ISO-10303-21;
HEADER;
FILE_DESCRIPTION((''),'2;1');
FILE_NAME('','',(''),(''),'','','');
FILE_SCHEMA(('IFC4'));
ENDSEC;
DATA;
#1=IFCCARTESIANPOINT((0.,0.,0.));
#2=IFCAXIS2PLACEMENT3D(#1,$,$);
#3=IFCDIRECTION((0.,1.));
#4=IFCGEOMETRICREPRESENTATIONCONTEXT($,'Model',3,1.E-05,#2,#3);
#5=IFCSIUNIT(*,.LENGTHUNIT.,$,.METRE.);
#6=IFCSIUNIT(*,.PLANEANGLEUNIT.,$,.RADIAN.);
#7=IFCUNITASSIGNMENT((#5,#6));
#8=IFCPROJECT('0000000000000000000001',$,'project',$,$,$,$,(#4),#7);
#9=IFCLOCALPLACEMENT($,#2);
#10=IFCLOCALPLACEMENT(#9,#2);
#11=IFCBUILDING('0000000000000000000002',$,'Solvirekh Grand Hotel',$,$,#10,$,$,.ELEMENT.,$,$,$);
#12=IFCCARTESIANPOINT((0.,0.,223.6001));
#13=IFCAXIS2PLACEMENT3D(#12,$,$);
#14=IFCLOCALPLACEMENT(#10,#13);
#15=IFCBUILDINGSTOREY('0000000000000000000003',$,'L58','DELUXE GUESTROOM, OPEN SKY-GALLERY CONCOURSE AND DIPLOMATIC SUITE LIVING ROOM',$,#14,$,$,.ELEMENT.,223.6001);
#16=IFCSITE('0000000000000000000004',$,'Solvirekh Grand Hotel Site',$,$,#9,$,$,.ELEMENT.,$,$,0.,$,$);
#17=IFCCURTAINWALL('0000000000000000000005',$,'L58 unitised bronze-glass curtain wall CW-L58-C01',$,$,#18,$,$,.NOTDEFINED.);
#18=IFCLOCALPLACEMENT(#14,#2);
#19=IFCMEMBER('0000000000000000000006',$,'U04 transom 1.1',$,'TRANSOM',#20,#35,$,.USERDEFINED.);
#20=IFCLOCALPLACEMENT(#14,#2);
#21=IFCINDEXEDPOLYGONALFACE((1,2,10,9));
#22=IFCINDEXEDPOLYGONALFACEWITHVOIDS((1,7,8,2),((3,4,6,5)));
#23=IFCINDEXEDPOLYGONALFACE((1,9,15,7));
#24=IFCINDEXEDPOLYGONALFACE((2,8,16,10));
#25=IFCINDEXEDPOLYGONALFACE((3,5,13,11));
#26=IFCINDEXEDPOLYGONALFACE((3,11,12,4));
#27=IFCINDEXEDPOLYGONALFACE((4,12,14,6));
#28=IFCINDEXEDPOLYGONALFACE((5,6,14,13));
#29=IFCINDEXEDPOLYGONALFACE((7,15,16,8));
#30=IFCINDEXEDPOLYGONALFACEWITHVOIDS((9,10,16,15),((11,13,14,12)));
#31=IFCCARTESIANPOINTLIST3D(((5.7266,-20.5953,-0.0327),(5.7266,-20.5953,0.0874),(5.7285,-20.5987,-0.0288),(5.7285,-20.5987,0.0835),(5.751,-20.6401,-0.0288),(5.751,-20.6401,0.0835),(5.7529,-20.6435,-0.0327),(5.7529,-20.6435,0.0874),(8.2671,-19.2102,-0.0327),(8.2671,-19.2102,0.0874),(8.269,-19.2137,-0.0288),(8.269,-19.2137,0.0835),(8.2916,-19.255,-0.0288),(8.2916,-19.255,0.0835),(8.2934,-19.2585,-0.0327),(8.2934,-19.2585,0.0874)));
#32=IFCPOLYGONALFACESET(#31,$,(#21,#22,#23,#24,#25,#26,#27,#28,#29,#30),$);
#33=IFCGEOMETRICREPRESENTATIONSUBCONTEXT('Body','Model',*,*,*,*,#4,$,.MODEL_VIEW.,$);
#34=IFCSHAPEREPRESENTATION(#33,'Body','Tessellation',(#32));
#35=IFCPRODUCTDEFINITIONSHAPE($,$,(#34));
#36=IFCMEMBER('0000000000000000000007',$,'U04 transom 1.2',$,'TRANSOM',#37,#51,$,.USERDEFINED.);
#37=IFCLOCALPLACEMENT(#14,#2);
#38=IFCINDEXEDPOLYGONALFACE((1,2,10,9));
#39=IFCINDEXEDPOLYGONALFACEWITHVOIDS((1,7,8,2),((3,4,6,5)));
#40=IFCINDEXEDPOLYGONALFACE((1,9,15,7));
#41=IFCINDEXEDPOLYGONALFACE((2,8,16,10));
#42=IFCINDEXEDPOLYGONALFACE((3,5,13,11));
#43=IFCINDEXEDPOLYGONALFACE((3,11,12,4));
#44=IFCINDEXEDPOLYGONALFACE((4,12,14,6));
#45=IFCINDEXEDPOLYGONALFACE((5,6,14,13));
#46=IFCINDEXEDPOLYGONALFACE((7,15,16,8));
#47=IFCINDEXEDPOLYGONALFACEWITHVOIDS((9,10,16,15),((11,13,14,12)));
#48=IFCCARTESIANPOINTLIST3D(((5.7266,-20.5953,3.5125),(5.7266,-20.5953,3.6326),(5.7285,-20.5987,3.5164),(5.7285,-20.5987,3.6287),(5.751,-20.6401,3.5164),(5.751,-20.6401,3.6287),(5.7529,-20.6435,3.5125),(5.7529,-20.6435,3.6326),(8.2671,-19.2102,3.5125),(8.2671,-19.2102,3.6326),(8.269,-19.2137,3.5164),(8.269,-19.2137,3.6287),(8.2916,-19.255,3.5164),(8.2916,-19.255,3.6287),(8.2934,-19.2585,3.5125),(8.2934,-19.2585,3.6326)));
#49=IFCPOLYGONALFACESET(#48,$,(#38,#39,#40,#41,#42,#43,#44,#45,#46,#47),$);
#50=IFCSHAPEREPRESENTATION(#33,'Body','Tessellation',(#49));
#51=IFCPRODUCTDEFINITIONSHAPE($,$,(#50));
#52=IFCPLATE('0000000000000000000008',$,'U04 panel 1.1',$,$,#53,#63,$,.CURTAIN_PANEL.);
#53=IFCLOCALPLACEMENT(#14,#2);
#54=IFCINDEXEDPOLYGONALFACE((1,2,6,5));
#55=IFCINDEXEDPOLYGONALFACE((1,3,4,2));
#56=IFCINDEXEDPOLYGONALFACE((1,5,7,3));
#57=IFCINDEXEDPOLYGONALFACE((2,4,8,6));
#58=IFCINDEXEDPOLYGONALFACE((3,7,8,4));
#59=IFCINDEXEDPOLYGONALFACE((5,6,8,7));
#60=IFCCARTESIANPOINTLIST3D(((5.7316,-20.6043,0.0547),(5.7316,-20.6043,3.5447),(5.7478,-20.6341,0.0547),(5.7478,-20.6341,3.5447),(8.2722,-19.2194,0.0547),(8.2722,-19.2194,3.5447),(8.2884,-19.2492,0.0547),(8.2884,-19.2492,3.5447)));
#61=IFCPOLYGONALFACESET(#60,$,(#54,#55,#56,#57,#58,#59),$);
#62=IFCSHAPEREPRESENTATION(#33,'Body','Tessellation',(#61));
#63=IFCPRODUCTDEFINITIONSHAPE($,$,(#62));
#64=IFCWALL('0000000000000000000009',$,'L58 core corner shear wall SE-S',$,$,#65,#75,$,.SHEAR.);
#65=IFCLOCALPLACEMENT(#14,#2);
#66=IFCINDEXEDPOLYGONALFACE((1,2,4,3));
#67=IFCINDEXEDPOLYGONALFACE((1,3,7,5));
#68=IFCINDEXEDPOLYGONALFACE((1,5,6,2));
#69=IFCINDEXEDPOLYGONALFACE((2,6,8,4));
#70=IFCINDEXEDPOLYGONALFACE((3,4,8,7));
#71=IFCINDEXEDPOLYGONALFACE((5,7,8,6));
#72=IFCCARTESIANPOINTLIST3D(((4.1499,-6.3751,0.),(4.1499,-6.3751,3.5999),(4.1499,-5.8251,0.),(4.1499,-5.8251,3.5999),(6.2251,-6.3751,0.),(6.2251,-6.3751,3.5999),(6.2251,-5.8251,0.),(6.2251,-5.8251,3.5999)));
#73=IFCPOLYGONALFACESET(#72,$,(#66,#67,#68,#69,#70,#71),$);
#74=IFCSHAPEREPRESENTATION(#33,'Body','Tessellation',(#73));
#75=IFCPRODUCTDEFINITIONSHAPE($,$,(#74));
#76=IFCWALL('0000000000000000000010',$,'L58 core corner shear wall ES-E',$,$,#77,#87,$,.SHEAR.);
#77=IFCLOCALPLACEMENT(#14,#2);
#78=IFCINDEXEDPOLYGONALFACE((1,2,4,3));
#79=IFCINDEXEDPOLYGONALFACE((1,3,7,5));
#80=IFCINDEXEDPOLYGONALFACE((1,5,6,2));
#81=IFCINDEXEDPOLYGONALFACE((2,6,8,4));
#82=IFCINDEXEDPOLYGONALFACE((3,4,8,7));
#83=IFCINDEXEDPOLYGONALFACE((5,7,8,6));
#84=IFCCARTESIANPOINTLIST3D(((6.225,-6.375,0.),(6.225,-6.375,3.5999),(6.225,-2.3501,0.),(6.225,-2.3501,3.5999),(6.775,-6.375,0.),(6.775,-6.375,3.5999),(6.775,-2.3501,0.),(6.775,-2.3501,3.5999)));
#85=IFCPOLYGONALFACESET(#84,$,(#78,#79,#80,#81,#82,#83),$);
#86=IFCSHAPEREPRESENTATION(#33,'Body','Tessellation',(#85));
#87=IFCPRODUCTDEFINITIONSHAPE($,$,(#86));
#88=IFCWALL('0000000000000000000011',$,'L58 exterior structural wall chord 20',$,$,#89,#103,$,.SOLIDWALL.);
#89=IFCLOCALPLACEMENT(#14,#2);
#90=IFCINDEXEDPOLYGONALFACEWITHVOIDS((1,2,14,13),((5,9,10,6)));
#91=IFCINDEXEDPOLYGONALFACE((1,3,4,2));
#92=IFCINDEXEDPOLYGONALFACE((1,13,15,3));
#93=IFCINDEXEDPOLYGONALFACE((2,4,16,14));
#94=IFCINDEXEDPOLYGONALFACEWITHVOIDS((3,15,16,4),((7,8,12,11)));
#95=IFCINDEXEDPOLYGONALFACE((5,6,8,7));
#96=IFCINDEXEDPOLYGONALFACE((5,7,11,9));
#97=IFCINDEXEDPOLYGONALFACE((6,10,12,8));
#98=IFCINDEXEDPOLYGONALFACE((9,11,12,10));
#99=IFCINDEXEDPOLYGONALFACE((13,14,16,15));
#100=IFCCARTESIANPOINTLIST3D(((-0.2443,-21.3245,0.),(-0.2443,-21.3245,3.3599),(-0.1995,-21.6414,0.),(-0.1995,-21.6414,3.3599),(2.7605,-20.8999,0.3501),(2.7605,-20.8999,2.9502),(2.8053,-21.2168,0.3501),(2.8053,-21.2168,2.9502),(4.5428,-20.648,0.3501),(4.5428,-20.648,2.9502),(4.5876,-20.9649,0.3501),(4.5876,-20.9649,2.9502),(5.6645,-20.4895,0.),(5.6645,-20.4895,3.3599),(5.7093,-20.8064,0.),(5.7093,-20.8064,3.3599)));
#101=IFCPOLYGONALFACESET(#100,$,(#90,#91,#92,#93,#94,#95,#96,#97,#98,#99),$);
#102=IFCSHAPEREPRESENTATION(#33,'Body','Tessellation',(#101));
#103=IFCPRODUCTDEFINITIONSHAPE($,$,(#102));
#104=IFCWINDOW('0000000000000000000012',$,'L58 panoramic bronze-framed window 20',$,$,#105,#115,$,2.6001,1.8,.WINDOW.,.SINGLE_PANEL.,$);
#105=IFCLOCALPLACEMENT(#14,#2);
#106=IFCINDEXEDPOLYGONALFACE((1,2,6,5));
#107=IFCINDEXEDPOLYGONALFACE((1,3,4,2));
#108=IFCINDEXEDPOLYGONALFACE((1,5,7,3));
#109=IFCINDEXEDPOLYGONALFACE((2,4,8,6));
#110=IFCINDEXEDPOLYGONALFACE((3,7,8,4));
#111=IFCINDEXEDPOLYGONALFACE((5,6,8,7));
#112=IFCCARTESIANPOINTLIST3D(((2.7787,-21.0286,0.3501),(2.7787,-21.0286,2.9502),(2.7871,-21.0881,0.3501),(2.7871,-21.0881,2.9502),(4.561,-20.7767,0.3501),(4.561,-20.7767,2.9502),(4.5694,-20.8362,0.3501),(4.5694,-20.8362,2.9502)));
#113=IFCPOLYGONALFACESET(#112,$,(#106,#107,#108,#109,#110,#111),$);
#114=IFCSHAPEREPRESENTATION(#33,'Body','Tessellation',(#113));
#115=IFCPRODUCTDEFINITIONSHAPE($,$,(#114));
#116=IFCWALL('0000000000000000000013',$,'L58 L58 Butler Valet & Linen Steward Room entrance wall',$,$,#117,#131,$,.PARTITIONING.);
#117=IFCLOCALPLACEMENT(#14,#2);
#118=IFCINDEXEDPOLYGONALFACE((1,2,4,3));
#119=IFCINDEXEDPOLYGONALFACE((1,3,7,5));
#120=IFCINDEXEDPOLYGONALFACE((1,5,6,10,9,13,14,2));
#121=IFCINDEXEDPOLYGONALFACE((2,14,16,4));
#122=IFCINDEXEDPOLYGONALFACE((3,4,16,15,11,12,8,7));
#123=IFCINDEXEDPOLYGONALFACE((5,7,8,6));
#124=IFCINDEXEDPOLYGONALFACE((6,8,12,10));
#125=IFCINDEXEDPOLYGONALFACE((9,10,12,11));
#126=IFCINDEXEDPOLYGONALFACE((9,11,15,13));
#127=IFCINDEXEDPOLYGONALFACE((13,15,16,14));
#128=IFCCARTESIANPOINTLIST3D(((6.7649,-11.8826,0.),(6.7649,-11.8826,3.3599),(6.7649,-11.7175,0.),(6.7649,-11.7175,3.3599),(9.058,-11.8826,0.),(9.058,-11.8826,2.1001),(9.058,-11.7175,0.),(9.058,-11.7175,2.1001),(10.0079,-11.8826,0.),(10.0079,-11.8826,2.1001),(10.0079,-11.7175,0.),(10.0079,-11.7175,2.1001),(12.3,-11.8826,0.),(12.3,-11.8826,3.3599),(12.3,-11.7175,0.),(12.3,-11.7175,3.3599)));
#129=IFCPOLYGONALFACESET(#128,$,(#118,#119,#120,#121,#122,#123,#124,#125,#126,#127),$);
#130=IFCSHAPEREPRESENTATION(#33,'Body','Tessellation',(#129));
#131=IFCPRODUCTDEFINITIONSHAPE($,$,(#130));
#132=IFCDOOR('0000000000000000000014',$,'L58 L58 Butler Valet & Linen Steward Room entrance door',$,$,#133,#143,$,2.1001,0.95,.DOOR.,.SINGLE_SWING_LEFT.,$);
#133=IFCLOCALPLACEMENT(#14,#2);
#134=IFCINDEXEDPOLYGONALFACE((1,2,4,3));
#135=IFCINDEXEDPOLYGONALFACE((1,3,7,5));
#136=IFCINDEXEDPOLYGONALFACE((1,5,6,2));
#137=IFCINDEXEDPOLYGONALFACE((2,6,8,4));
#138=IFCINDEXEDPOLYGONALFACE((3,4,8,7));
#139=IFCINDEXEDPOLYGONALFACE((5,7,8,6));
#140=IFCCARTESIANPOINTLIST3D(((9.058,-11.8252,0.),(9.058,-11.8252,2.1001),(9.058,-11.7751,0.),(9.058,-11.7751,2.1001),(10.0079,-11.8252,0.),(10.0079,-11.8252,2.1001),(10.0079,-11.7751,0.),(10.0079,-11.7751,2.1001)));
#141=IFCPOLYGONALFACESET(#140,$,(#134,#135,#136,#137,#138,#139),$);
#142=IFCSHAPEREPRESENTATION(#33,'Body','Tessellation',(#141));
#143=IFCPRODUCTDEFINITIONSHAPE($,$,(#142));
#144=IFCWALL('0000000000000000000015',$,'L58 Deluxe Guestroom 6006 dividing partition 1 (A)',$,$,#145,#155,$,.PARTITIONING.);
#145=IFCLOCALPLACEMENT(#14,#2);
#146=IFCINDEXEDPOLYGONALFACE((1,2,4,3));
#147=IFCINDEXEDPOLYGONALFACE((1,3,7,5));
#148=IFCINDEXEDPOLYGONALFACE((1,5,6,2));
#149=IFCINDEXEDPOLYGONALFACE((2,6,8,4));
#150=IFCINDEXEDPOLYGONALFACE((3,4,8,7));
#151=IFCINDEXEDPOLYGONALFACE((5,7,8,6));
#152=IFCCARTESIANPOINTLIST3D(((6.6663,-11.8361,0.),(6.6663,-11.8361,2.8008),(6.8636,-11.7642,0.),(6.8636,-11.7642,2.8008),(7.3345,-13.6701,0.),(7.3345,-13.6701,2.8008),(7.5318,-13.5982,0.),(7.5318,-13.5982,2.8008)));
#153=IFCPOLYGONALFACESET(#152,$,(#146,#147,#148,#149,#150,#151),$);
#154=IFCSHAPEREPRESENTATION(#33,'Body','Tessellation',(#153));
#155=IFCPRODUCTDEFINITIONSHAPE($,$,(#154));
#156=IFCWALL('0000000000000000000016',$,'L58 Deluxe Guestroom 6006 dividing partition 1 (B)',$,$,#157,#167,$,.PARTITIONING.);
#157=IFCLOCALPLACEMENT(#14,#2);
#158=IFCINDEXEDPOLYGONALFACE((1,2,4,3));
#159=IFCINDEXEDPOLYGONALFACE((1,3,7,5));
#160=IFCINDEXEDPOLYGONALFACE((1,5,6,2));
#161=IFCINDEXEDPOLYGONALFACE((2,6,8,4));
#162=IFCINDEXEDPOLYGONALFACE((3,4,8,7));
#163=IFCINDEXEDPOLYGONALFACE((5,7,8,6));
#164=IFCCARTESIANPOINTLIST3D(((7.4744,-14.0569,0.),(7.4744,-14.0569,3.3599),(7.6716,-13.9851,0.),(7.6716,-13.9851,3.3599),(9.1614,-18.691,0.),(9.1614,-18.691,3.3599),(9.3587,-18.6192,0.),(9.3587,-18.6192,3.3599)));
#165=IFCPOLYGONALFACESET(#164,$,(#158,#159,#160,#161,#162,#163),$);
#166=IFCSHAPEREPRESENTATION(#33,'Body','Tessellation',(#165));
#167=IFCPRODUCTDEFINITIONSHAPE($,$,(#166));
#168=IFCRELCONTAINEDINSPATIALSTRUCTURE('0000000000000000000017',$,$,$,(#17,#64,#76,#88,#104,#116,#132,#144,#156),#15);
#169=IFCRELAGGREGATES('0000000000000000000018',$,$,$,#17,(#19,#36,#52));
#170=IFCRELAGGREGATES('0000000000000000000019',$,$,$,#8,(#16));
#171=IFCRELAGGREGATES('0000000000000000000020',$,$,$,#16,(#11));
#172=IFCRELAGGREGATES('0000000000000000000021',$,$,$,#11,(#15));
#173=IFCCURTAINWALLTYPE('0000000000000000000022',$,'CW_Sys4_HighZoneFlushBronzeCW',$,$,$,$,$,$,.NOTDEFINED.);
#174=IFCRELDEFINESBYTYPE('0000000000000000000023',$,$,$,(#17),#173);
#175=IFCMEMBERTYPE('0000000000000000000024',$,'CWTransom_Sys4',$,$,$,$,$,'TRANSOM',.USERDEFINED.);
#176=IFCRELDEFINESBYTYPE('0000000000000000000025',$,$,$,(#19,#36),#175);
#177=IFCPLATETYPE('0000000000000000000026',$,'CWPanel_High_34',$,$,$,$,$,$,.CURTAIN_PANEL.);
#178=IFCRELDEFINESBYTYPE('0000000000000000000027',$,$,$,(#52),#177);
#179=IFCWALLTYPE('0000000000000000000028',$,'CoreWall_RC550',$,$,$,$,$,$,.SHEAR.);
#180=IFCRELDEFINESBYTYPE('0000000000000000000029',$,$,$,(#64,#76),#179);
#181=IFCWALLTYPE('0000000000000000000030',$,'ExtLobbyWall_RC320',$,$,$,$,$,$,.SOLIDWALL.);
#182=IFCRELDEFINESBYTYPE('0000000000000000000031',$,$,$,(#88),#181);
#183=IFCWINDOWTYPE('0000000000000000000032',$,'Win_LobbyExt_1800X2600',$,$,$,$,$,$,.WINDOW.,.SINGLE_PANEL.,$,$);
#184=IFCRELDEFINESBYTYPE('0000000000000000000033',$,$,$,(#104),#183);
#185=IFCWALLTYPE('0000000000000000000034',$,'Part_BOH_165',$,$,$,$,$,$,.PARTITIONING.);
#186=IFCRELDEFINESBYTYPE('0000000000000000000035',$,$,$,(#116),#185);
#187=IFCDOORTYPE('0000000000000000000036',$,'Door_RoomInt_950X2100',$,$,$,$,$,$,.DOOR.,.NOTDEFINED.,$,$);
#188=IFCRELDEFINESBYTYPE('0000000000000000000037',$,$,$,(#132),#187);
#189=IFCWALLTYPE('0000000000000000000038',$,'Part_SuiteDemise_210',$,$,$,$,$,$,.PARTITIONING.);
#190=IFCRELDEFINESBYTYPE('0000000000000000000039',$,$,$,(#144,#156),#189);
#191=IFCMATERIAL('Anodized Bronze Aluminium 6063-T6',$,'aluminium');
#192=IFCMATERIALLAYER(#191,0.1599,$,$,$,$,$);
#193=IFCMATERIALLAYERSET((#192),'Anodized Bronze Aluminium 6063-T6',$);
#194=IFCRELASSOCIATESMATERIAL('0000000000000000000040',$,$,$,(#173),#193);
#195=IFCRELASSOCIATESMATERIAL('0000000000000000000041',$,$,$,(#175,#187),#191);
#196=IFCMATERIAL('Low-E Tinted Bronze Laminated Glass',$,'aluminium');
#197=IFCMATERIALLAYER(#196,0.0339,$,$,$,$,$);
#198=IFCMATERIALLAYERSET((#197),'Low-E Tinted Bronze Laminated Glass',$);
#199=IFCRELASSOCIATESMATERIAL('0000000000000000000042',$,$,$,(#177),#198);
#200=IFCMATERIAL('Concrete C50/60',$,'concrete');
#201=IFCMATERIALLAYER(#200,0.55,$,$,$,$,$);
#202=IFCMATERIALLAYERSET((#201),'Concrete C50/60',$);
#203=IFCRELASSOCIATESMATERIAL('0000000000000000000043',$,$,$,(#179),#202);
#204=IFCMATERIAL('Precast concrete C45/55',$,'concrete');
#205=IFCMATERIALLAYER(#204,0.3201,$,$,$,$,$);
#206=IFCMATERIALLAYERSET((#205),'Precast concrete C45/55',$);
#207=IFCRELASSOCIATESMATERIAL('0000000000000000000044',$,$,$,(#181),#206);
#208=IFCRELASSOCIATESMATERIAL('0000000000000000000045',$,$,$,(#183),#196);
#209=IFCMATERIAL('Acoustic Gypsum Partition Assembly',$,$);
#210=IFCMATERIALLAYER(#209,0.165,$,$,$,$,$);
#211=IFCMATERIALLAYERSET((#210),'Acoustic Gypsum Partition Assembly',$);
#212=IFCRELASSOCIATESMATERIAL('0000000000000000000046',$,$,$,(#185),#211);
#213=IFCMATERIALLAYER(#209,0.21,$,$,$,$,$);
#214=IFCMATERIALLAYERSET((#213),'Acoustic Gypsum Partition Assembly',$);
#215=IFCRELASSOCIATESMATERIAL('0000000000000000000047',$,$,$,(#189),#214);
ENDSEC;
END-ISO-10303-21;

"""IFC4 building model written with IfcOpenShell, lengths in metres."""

from ifc_helpers import new_model, si_unit, direction, frame, frame_2d, origin, origin_2d, place, context, subcontext, project, spatial, rectangle, hollow_rectangle, extrude, source, transform, mapped, material, layer, layer_set, material_profile, profile_set, type_object, element, fill, aggregate, save


model = new_model("IFC4")

# Units and contexts
model_context = context("Model", 3, precision=1e-05, world=origin(), true_north=direction((0.0, 1.0)))
body_context = subcontext(model_context, "Body", "Model", "MODEL_VIEW")
ifc_project = project(units=[si_unit("LENGTHUNIT", "METRE"), si_unit("PLANEANGLEUNIT", "RADIAN")], contexts=[model_context])

# Site, building, storey
site_placement = place(None, origin())
site = spatial("IfcSite", under=ifc_project, at=site_placement, Name="Solvirekh Grand Hotel Site", CompositionType="ELEMENT", RefElevation=0.0)
building_placement = place(site_placement, origin())
building = spatial("IfcBuilding", under=site, at=building_placement, Name="Solvirekh Grand Hotel", CompositionType="ELEMENT")
storey_placement = place(building_placement, frame((0.0, 0.0, 223.6001)))
storey = spatial("IfcBuildingStorey", under=building, at=storey_placement, Name="L58", Description="DELUXE GUESTROOM, OPEN SKY-GALLERY CONCOURSE AND DIPLOMATIC SUITE LIVING ROOM", CompositionType="ELEMENT", Elevation=223.6001)

# Shared definitions
ifc_material_1 = material(Name="Concrete C50/60", Category="concrete")

# Curtain wall, members, plate
ifc_material_2 = material(Name="Anodized Bronze Aluminium 6063-T6", Category="aluminium")
ifc_layer_1 = layer(ifc_material_2, 0.1599)
ifc_layer_set_1 = layer_set([ifc_layer_1], Name="Anodized Bronze Aluminium 6063-T6")
curtain_wall_type = type_object("IfcCurtainWallType", Name="CW_Sys4_HighZoneFlushBronzeCW", PredefinedType="NOTDEFINED", material=ifc_layer_set_1)
curtain_wall_placement = place(storey_placement, origin())
curtain_wall = element("IfcCurtainWall", 1, at=curtain_wall_placement, inside=storey, type_object=curtain_wall_type, Name="L58 unitised bronze-glass curtain wall CW-L58-C01", PredefinedType="NOTDEFINED")
ifc_material_profile_1 = material_profile(ifc_material_2, hollow_rectangle(XDim=0.0549, YDim=0.1201, WallThickness=0.0039, at=origin_2d()), Name="ALU RHS 120X55X4")
ifc_profile_set_1 = profile_set([ifc_material_profile_1], Name="Anodized Bronze Aluminium 6063-T6")
member_type_1 = type_object("IfcMemberType", Name="CWTransom_Sys4", ElementType="TRANSOM", PredefinedType="USERDEFINED", material=ifc_profile_set_1)
shared_shape_1 = source(origin(), body_context, "Body", "SweptSolid", [
    extrude(hollow_rectangle(XDim=0.0549, YDim=0.1201, WallThickness=0.0039, at=origin_2d()), origin(), (0.0, 0.0, 1.0), 2.8936),
])
member_1_placement = place(storey_placement, frame((5.7397, -20.6194, 0.0273), z_axis=(0.878002, 0.478657, 0.0), x_axis=(-0.478657, 0.878002, 0.0)))
member_1 = element("IfcMember", 2, at=member_1_placement, type_object=member_type_1, Name="U04 transom 1.1", ObjectType="TRANSOM", PredefinedType="USERDEFINED", context=body_context, shape_type="MappedRepresentation", body=[
    mapped(shared_shape_1, transform((0.0, 0.0, 0.0), x_axis=(1.0, 0.0, 0.0), y_axis=(0.0, 1.0, 0.0), z_axis=(0.0, 0.0, 1.0), scale=1.0)),
])
member_2_placement = place(storey_placement, frame((5.7397, -20.6194, 3.5725), z_axis=(0.878002, 0.478657, 0.0), x_axis=(-0.478657, 0.878002, 0.0)))
member_2 = element("IfcMember", 3, at=member_2_placement, type_object=member_type_1, Name="U04 transom 1.2", ObjectType="TRANSOM", PredefinedType="USERDEFINED", context=body_context, shape_type="MappedRepresentation", body=[
    mapped(shared_shape_1, transform((0.0, 0.0, 0.0), x_axis=(1.0, 0.0, 0.0), y_axis=(0.0, 1.0, 0.0), z_axis=(0.0, 0.0, 1.0), scale=1.0)),
])
ifc_material_3 = material(Name="Low-E Tinted Bronze Laminated Glass", Category="aluminium")
ifc_layer_2 = layer(ifc_material_3, 0.0339)
ifc_layer_set_2 = layer_set([ifc_layer_2], Name="Low-E Tinted Bronze Laminated Glass")
plate_type = type_object("IfcPlateType", Name="CWPanel_High_34", PredefinedType="CURTAIN_PANEL", material=ifc_layer_set_2)
shared_shape_2 = source(origin(), body_context, "Body", "SweptSolid", [
    extrude(rectangle(XDim=2.8936, YDim=0.0339, at=origin_2d()), origin(), (0.0, 0.0, 1.0), 3.49),
])
plate_placement = place(storey_placement, frame((7.01, -19.9268, 0.0547), z_axis=(0.0, 0.0, 1.0), x_axis=(0.878011, 0.478641, 0.0)))
plate = element("IfcPlate", 4, at=plate_placement, type_object=plate_type, Name="U04 panel 1.1", PredefinedType="CURTAIN_PANEL", context=body_context, shape_type="MappedRepresentation", body=[
    mapped(shared_shape_2, transform((0.0, 0.0, 0.0), x_axis=(1.0, 0.0, 0.0), y_axis=(0.0, 1.0, 0.0), z_axis=(0.0, 0.0, 1.0), scale=1.0)),
])
aggregate(curtain_wall, [member_1, member_2, plate])

# Walls
ifc_layer_3 = layer(ifc_material_1, 0.55)
ifc_layer_set_3 = layer_set([ifc_layer_3], Name="Concrete C50/60")
wall_type_1 = type_object("IfcWallType", Name="CoreWall_RC550", PredefinedType="SHEAR", material=ifc_layer_set_3)
wall_1_placement = place(storey_placement, frame((4.1499, -6.1001, 0.0), z_axis=(0.0, 0.0, 1.0), x_axis=(1.0, 0.0, 0.0)))
element("IfcWall", 5, at=wall_1_placement, inside=storey, type_object=wall_type_1, Name="L58 core corner shear wall SE-S", PredefinedType="SHEAR", context=body_context, shape_type="SweptSolid", body=[
    extrude(rectangle(XDim=2.0752, YDim=0.55, at=frame_2d((1.0376, 0.0))), origin(), (0.0, 0.0, 1.0), 3.5999),
])
wall_2_placement = place(storey_placement, frame((6.5, -6.375, 0.0), z_axis=(0.0, 0.0, 1.0), x_axis=(0.0, 1.0, 0.0)))
element("IfcWall", 6, at=wall_2_placement, inside=storey, type_object=wall_type_1, Name="L58 core corner shear wall ES-E", PredefinedType="SHEAR", context=body_context, shape_type="SweptSolid", body=[
    extrude(rectangle(XDim=4.0249, YDim=0.55, at=frame_2d((2.0125, 0.0))), origin(), (0.0, 0.0, 1.0), 3.5999),
])

# Wall, opening, window
ifc_material_4 = material(Name="Precast concrete C45/55", Category="concrete")
ifc_layer_4 = layer(ifc_material_4, 0.3201)
ifc_layer_set_4 = layer_set([ifc_layer_4], Name="Precast concrete C45/55")
wall_type_2 = type_object("IfcWallType", Name="ExtLobbyWall_RC320", PredefinedType="SOLIDWALL", material=ifc_layer_set_4)
wall_3_placement = place(storey_placement, frame((5.687, -20.6479, 0.0), z_axis=(0.0, 0.0, 1.0), x_axis=(-0.990164, -0.139915, 0.0)))
wall_3 = element("IfcWall", 7, at=wall_3_placement, inside=storey, type_object=wall_type_2, Name="L58 exterior structural wall chord 20", PredefinedType="SOLIDWALL", context=body_context, shape_type="SweptSolid", body=[
    extrude(rectangle(XDim=5.9675, YDim=0.3201, at=frame_2d((2.9839, 0.0))), origin(), (0.0, 0.0, 1.0), 3.3599),
])
opening_1_placement = place(wall_3_placement, frame((1.1331, 0.0, 0.3501)))
opening_1 = element("IfcOpeningElement", 8, at=opening_1_placement, cuts=wall_3, PredefinedType="OPENING", context=body_context, shape_type="SweptSolid", body=[
    extrude(rectangle(XDim=1.8, YDim=2.6001, at=frame_2d((0.8999, 1.3))), frame((0.0, 0.1699, 0.0), z_axis=(0.0, -1.0, 0.0), x_axis=(1.0, 0.0, 0.0)), (0.0, 0.0, 1.0), 0.3401),
])
window_type = type_object("IfcWindowType", Name="Win_LobbyExt_1800X2600", PartitioningType="SINGLE_PANEL", PredefinedType="WINDOW", material=ifc_material_3)
window_placement = place(opening_1_placement, origin())
window = element("IfcWindow", 9, at=window_placement, inside=storey, type_object=window_type, Name="L58 panoramic bronze-framed window 20", OverallHeight=2.6001, OverallWidth=1.8, PartitioningType="SINGLE_PANEL", PredefinedType="WINDOW", context=body_context, shape_type="SweptSolid", body=[
    extrude(rectangle(XDim=1.8, YDim=2.6001, at=frame_2d((0.8999, 1.3))), frame((0.0, 0.03, 0.0), z_axis=(0.0, -1.0, 0.0), x_axis=(1.0, 0.0, 0.0)), (0.0, 0.0, 1.0), 0.0601),
])
fill(opening_1, window)

# Wall, opening, door
ifc_material_5 = material(Name="Acoustic Gypsum Partition Assembly")
ifc_layer_5 = layer(ifc_material_5, 0.165)
ifc_layer_set_5 = layer_set([ifc_layer_5], Name="Acoustic Gypsum Partition Assembly")
wall_type_3 = type_object("IfcWallType", Name="Part_BOH_165", PredefinedType="PARTITIONING", material=ifc_layer_set_5)
wall_4_placement = place(storey_placement, frame((6.7649, -11.8, 0.0), z_axis=(0.0, 0.0, 1.0), x_axis=(1.0, 0.0, 0.0)))
wall_4 = element("IfcWall", 10, at=wall_4_placement, inside=storey, type_object=wall_type_3, Name="L58 L58 Butler Valet & Linen Steward Room entrance wall", PredefinedType="PARTITIONING", context=body_context, shape_type="SweptSolid", body=[
    extrude(rectangle(XDim=5.5352, YDim=0.165, at=frame_2d((2.7676, 0.0))), origin(), (0.0, 0.0, 1.0), 3.3599),
])
opening_2_placement = place(wall_4_placement, frame((2.293, 0.0, 0.0)))
opening_2 = element("IfcOpeningElement", 11, at=opening_2_placement, cuts=wall_4, PredefinedType="OPENING", context=body_context, shape_type="SweptSolid", body=[
    extrude(rectangle(XDim=0.95, YDim=2.1001, at=frame_2d((0.4751, 1.05))), frame((0.0, 0.0925, 0.0), z_axis=(0.0, -1.0, 0.0), x_axis=(1.0, 0.0, 0.0)), (0.0, 0.0, 1.0), 0.1851),
])
door_type = type_object("IfcDoorType", Name="Door_RoomInt_950X2100", OperationType="NOTDEFINED", PredefinedType="DOOR", material=ifc_material_2)
door_placement = place(opening_2_placement, origin())
door = element("IfcDoor", 12, at=door_placement, inside=storey, type_object=door_type, Name="L58 L58 Butler Valet & Linen Steward Room entrance door", OperationType="SINGLE_SWING_LEFT", OverallHeight=2.1001, OverallWidth=0.95, PredefinedType="DOOR", context=body_context, shape_type="SweptSolid", body=[
    extrude(rectangle(XDim=0.95, YDim=2.1001, at=frame_2d((0.4751, 1.05))), frame((0.0, 0.0249, 0.0), z_axis=(0.0, -1.0, 0.0), x_axis=(1.0, 0.0, 0.0)), (0.0, 0.0, 1.0), 0.05),
])
fill(opening_2, door)

# Walls
ifc_layer_6 = layer(ifc_material_5, 0.21)
ifc_layer_set_6 = layer_set([ifc_layer_6], Name="Acoustic Gypsum Partition Assembly")
wall_type_4 = type_object("IfcWallType", Name="Part_SuiteDemise_210", PredefinedType="PARTITIONING", material=ifc_layer_set_6)
wall_5_placement = place(storey_placement, frame((6.7649, -11.8, 0.0), z_axis=(0.0, 0.0, 1.0), x_axis=(0.342336, -0.939578, 0.0)))
element("IfcWall", 13, at=wall_5_placement, inside=storey, type_object=wall_type_4, Name="L58 Deluxe Guestroom 6006 dividing partition 1 (A)", PredefinedType="PARTITIONING", context=body_context, shape_type="SweptSolid", body=[
    extrude(rectangle(XDim=1.9519, YDim=0.21, at=frame_2d((0.9761, 0.0))), origin(), (0.0, 0.0, 1.0), 2.8008),
])
wall_6_placement = place(storey_placement, frame((7.573, -14.021, 0.0), z_axis=(0.0, 0.0, 1.0), x_axis=(0.342085, -0.939669, 0.0)))
element("IfcWall", 14, at=wall_6_placement, inside=storey, type_object=wall_type_4, Name="L58 Deluxe Guestroom 6006 dividing partition 1 (B)", PredefinedType="PARTITIONING", context=body_context, shape_type="SweptSolid", body=[
    extrude(rectangle(XDim=4.9316, YDim=0.21, at=frame_2d((2.4658, 0.0))), origin(), (0.0, 0.0, 1.0), 3.3599),
])

save(model, "model.ifc")
